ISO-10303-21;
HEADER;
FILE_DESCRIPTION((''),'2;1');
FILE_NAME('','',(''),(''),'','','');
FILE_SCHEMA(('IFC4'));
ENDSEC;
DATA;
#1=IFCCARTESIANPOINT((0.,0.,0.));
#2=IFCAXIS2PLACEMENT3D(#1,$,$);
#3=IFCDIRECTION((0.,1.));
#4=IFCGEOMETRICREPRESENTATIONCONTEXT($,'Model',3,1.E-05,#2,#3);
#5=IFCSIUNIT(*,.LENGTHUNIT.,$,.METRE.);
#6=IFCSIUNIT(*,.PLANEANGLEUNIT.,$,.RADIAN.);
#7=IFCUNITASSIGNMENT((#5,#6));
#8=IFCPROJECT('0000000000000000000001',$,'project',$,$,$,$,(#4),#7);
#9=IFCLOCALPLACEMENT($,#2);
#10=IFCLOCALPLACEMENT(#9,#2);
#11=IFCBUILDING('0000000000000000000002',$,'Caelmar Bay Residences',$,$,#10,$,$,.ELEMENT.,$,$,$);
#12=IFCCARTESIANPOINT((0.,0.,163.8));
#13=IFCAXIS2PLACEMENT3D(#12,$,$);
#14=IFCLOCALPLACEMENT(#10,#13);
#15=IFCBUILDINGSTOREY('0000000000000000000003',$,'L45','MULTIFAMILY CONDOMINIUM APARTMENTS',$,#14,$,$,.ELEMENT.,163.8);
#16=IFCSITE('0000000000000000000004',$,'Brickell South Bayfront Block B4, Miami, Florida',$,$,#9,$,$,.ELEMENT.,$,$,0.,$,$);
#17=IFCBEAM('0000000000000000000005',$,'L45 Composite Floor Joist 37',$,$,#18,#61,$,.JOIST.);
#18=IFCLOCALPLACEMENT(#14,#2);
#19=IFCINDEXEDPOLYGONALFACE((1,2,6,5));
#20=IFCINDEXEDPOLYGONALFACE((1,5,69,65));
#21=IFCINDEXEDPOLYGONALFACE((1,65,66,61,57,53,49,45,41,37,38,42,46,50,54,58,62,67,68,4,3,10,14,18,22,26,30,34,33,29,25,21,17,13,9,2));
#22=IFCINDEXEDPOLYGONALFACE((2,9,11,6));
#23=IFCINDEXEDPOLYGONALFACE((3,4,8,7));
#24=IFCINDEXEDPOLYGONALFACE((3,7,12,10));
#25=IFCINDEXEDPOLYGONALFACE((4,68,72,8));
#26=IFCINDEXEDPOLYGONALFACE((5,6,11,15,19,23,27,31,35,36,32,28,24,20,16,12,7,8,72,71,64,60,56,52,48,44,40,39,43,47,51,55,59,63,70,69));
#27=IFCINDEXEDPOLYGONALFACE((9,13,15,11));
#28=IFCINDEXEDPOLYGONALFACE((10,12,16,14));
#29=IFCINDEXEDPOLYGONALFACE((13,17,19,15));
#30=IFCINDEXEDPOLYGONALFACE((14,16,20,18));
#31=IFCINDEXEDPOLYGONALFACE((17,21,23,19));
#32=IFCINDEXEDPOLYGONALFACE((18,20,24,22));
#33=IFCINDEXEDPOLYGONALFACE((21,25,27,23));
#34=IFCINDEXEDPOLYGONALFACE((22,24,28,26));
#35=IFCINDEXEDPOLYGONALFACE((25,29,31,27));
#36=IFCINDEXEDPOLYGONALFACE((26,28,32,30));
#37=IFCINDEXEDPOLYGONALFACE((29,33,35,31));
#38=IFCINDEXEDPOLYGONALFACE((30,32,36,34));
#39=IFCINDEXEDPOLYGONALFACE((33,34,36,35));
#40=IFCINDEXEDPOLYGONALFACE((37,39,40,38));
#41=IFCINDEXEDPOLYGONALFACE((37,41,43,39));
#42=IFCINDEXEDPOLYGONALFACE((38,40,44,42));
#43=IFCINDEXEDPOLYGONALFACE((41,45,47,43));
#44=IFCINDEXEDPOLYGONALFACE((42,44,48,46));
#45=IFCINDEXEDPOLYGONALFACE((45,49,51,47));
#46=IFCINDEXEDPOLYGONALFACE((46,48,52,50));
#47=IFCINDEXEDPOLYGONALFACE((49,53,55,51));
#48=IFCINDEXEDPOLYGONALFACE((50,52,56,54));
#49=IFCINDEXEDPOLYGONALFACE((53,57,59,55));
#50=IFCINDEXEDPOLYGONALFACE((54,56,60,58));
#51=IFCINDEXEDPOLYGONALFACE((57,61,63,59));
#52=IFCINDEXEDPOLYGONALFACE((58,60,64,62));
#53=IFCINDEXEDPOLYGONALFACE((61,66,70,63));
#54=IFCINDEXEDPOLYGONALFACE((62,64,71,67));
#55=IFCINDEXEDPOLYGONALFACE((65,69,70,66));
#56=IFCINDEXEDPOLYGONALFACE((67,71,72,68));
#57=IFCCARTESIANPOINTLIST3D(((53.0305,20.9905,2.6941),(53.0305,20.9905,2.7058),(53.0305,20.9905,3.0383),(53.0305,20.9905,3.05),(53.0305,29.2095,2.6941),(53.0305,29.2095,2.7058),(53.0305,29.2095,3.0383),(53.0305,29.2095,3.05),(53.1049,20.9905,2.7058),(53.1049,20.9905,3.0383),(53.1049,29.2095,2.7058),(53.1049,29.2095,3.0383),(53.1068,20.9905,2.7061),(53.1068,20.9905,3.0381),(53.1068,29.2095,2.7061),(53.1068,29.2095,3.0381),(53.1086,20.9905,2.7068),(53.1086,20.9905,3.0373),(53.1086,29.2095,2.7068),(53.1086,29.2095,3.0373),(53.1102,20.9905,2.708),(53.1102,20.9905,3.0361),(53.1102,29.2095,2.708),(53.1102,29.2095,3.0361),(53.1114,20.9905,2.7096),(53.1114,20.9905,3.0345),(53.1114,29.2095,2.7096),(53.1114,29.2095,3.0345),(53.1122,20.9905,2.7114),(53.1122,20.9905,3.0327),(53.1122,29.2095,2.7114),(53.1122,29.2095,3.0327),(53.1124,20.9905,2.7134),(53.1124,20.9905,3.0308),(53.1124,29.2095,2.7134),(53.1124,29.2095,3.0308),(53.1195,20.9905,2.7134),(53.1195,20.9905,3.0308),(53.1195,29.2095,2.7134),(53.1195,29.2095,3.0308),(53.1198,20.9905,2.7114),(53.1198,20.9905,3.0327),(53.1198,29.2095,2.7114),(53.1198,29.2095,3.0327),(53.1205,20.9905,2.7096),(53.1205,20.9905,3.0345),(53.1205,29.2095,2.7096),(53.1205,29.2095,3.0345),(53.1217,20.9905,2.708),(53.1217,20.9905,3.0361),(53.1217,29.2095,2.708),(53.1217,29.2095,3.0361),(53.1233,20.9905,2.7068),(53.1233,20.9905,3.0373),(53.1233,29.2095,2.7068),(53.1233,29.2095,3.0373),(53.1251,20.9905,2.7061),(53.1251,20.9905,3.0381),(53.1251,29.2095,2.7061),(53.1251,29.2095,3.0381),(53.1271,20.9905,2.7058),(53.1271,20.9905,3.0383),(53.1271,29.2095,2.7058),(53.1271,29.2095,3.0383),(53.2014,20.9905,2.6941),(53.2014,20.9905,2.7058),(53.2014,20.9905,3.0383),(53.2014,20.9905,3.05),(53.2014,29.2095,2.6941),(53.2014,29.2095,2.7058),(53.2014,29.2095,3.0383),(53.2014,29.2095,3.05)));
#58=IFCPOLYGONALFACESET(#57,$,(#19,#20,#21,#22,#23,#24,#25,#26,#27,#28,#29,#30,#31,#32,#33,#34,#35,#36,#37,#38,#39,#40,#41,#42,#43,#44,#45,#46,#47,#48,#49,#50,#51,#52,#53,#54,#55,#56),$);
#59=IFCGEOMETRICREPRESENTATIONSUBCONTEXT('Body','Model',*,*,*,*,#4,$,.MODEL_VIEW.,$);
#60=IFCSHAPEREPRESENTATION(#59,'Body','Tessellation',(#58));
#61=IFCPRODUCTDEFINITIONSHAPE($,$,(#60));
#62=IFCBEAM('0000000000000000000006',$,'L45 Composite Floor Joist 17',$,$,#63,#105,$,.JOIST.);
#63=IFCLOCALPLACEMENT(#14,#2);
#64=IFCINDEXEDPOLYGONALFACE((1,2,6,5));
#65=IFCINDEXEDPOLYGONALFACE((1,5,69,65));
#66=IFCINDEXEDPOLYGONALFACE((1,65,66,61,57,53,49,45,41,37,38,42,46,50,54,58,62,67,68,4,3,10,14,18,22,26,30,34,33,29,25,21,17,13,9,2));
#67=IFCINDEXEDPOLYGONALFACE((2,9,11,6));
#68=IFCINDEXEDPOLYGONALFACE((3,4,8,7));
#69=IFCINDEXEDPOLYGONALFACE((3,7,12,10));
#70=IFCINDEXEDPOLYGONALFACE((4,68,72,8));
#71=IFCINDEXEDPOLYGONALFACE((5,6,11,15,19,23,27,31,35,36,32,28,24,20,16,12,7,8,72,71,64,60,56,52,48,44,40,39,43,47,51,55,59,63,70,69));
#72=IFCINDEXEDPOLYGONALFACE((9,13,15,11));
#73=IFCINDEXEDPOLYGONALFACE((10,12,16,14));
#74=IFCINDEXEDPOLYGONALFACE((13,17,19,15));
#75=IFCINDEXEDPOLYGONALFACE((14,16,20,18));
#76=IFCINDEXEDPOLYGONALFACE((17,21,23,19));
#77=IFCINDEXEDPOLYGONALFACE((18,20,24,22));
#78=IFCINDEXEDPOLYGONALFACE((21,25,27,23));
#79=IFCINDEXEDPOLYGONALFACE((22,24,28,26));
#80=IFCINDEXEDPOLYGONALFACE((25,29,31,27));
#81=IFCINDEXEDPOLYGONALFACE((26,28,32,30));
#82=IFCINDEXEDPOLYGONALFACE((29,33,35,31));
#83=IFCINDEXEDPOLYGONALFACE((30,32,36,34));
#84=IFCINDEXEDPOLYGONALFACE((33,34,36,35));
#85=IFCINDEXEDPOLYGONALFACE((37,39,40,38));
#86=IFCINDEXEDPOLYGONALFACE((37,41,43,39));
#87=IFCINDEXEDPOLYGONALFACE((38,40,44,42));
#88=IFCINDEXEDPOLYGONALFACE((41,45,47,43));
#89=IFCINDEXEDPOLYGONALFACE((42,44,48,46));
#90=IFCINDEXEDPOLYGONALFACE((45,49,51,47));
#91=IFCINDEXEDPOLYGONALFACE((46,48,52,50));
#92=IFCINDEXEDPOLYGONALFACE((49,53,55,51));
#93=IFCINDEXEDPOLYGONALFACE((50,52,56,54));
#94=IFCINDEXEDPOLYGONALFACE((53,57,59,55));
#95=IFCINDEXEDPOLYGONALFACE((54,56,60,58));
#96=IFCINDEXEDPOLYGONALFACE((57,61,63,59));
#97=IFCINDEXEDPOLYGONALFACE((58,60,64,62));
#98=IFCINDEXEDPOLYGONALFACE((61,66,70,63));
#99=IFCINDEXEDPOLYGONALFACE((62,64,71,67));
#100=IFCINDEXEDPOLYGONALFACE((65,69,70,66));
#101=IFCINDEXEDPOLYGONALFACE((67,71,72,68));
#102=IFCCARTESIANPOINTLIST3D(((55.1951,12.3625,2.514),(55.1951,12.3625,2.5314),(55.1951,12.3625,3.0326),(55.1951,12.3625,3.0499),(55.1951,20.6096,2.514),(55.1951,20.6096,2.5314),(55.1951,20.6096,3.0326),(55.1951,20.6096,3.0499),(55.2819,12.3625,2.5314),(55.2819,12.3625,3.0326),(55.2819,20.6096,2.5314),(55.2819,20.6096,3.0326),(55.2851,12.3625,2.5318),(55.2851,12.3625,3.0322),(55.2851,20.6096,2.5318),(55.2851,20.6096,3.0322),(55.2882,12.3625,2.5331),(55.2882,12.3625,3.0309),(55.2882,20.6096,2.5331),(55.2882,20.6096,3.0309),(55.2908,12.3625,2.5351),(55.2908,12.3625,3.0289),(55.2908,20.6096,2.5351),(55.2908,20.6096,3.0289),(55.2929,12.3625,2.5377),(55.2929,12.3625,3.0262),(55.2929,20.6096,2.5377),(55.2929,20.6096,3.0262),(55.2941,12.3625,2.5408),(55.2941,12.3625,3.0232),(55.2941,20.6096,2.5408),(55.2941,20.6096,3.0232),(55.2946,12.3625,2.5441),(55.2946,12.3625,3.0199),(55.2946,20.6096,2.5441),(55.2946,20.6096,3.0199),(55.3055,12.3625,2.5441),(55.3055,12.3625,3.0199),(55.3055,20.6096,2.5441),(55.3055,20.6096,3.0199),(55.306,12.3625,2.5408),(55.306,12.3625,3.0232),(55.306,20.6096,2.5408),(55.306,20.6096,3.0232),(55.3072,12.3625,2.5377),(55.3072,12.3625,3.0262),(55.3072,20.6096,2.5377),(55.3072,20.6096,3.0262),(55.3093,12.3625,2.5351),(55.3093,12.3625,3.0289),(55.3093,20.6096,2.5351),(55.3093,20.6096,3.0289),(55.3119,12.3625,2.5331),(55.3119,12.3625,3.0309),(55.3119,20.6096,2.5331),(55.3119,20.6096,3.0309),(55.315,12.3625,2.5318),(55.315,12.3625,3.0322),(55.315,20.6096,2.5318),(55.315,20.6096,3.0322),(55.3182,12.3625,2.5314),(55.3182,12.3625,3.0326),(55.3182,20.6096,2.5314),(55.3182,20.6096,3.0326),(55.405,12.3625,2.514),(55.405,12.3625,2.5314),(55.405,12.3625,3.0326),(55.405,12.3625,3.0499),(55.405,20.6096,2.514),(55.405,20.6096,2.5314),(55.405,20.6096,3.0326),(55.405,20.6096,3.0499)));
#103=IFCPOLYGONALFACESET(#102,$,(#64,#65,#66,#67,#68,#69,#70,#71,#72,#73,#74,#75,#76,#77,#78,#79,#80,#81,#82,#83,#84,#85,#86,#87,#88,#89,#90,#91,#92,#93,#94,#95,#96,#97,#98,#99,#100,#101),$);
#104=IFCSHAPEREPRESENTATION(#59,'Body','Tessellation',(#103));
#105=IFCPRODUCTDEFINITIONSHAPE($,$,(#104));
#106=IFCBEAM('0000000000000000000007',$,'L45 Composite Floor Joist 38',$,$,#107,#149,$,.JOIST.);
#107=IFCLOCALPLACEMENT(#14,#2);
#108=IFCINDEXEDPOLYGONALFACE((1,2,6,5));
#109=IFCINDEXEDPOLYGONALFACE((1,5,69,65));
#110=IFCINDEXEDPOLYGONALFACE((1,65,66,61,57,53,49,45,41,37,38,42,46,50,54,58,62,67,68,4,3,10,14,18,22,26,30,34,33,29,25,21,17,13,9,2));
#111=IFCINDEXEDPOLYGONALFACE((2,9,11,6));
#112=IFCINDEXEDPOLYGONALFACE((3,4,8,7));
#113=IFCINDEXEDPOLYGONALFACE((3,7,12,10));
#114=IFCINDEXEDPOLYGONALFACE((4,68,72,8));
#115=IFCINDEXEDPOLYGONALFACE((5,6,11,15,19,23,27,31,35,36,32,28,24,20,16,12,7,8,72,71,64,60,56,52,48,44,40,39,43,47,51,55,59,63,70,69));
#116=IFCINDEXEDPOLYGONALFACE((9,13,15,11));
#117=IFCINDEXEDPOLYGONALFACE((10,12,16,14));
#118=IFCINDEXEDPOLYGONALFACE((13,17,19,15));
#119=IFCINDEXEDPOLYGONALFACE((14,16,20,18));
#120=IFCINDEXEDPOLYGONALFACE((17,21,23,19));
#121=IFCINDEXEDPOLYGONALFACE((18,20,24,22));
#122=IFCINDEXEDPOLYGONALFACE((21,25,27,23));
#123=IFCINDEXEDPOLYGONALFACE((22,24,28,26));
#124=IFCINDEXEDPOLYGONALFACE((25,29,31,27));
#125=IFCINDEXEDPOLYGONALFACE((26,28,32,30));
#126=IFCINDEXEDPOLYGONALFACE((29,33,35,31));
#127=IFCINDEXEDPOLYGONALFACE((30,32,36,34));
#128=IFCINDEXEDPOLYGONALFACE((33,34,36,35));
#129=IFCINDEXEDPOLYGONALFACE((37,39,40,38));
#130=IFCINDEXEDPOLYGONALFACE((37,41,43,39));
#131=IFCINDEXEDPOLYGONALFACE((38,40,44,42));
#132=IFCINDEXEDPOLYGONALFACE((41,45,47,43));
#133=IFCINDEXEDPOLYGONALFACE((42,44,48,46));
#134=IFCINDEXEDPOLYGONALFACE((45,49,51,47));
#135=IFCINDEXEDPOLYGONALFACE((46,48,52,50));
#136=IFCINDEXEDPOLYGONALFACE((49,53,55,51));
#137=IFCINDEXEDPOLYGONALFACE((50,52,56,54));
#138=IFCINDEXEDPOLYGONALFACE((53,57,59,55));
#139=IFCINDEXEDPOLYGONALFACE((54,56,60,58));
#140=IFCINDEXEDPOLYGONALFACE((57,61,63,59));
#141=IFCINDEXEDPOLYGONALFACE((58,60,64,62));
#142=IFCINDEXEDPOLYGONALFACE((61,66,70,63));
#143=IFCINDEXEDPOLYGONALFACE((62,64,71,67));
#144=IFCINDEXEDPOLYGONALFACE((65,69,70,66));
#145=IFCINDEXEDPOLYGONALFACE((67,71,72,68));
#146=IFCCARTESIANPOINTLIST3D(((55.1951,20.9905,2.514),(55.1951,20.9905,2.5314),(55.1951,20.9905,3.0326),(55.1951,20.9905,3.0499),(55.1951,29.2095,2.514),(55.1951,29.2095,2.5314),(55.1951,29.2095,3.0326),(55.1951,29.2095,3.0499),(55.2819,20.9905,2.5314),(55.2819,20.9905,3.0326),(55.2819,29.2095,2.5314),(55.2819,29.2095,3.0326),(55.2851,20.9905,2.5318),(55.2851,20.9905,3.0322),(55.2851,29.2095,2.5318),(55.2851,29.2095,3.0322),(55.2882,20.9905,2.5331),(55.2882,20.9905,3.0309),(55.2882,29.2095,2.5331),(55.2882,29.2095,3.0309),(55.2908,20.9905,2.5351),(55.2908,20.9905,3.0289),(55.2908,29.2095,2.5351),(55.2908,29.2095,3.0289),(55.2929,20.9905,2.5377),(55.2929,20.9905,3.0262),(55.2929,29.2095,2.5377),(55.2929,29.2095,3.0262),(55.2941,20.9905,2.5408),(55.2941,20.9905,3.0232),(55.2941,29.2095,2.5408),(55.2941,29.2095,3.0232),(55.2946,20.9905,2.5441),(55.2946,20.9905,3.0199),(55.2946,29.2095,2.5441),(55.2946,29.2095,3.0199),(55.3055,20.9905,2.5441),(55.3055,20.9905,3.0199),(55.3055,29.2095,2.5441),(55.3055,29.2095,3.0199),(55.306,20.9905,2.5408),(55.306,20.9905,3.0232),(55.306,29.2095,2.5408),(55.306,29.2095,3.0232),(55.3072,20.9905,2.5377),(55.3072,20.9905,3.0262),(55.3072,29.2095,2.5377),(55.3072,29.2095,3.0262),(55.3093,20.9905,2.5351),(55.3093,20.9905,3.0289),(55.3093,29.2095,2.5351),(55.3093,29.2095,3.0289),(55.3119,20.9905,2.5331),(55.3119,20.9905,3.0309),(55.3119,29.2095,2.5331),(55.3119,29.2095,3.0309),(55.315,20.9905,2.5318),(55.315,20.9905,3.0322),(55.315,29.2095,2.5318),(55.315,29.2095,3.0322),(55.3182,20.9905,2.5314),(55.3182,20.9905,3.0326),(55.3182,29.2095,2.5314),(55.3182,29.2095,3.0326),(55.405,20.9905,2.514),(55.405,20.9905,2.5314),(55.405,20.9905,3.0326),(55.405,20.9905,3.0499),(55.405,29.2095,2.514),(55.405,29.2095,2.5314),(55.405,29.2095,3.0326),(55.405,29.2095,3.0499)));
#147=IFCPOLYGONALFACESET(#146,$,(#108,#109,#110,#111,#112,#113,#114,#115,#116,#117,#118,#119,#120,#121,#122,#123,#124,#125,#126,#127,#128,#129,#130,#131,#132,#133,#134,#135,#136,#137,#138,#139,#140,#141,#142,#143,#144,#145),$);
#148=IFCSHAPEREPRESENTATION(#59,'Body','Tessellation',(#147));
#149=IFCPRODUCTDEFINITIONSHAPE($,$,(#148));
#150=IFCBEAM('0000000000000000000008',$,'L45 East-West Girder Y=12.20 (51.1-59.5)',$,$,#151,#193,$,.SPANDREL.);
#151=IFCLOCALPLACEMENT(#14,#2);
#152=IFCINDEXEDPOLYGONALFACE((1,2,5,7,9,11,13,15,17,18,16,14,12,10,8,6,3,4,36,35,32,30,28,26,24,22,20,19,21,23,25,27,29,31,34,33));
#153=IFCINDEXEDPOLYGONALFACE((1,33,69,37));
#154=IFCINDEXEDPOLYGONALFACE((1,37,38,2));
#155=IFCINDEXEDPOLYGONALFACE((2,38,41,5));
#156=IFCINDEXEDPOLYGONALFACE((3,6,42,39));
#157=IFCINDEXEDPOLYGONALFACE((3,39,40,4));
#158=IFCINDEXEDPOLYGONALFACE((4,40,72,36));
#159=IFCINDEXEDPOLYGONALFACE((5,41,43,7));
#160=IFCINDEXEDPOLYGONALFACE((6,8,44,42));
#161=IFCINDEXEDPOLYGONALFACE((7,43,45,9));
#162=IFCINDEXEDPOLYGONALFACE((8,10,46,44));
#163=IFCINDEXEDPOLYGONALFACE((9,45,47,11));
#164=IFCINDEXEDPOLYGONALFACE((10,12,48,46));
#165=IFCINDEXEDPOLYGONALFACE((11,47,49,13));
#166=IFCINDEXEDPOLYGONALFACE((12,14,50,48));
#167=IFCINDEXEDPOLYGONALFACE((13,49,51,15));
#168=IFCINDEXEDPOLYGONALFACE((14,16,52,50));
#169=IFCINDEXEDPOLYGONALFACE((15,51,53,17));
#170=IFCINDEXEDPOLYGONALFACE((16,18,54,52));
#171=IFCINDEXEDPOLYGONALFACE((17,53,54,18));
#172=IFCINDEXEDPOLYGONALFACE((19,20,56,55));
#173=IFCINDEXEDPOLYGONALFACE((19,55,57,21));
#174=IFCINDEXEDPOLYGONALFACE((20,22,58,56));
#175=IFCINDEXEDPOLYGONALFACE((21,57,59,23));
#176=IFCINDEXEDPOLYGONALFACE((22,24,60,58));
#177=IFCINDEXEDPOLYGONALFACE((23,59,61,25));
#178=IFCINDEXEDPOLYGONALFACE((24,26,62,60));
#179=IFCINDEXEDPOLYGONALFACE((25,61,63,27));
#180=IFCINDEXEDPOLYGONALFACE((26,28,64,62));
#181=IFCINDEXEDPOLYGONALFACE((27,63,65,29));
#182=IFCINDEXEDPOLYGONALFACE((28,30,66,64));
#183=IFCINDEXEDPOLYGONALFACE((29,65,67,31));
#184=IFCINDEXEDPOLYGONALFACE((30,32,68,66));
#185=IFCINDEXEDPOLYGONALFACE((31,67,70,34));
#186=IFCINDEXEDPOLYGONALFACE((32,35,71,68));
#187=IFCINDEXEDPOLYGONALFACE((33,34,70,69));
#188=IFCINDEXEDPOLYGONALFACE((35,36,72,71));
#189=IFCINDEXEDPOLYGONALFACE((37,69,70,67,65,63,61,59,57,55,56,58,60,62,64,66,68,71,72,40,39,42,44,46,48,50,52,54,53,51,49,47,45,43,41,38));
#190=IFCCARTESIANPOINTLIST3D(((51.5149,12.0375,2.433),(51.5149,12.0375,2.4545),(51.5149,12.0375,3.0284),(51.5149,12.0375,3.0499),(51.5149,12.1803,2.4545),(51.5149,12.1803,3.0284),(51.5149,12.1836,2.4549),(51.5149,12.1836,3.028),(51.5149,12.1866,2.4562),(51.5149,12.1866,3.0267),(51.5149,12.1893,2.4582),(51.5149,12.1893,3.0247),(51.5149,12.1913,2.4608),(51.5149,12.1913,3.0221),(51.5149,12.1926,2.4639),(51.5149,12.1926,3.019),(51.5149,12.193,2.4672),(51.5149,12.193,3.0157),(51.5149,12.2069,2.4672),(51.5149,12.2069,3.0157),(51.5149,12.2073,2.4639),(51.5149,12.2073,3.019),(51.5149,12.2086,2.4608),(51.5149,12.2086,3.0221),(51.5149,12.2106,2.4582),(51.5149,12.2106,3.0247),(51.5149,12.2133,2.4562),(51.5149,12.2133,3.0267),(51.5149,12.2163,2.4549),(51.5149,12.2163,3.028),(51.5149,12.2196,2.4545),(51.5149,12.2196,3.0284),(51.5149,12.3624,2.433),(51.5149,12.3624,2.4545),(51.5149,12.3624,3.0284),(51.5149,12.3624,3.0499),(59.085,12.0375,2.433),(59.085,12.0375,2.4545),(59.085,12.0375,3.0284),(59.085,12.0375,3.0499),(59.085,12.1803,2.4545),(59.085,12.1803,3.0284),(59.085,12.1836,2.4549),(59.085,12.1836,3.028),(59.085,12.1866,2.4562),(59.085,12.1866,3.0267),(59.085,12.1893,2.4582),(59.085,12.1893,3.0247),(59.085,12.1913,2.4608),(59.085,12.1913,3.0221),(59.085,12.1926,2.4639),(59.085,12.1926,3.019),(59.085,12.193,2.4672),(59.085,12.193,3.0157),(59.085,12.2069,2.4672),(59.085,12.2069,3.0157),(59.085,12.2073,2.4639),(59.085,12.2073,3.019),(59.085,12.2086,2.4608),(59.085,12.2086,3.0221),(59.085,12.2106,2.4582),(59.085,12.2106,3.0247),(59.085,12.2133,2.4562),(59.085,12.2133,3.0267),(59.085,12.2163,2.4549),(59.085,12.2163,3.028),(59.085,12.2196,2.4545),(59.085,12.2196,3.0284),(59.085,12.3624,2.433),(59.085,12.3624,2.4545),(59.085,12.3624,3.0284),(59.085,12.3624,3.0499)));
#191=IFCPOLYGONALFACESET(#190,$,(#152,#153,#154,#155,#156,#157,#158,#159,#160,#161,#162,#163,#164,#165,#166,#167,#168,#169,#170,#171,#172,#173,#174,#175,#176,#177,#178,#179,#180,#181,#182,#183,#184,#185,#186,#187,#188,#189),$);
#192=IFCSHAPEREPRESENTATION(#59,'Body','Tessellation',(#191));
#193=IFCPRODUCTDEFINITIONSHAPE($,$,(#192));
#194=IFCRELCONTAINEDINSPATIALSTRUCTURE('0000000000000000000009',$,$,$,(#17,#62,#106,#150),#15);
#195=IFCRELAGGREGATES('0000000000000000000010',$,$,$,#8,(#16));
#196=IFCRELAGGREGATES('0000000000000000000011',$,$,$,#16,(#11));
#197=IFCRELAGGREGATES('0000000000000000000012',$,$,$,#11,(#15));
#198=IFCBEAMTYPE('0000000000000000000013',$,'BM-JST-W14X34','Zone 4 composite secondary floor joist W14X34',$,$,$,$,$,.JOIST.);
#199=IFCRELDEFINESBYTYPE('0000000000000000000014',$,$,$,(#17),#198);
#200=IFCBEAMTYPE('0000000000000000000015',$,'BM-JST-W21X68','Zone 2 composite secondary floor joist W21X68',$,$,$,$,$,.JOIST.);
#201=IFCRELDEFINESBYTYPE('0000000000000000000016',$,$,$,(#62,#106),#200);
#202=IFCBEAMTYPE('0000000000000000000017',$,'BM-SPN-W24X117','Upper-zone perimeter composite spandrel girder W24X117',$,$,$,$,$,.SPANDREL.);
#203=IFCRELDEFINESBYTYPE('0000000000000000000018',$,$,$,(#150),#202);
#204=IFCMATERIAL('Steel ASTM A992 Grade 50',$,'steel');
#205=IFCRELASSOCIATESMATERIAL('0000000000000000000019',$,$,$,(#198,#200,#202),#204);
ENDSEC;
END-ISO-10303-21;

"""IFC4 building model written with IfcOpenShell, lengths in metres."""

from ifc_helpers import new_model, si_unit, direction, frame, origin, origin_2d, place, context, subcontext, project, spatial, i_section, extrude, material, material_profile, profile_set, type_object, element, save


model = new_model("IFC4")

# Units and contexts
model_context = context("Model", 3, precision=1e-05, world=origin(), true_north=direction((0.0, 1.0)))
body_context = subcontext(model_context, "Body", "Model", "MODEL_VIEW")
ifc_project = project(units=[si_unit("LENGTHUNIT", "METRE"), si_unit("PLANEANGLEUNIT", "RADIAN")], contexts=[model_context])

# Site, building, storey
site_placement = place(None, origin())
site = spatial("IfcSite", under=ifc_project, at=site_placement, Name="Brickell South Bayfront Block B4, Miami, Florida", CompositionType="ELEMENT", RefElevation=0.0)
building_placement = place(site_placement, origin())
building = spatial("IfcBuilding", under=site, at=building_placement, Name="Caelmar Bay Residences", CompositionType="ELEMENT")
storey_placement = place(building_placement, frame((0.0, 0.0, 163.8)))
storey = spatial("IfcBuildingStorey", under=building, at=storey_placement, Name="L45", Description="MULTIFAMILY CONDOMINIUM APARTMENTS", CompositionType="ELEMENT", Elevation=163.8)

# Beams
ifc_material_1 = material(Name="Steel ASTM A992 Grade 50", Category="steel")
ifc_material_profile_1 = material_profile(ifc_material_1, i_section(OverallWidth=0.1709, OverallDepth=0.356, WebThickness=0.0071, FlangeThickness=0.0117, FilletRadius=0.0076, at=origin_2d()), Name="W14X34")
ifc_profile_set_1 = profile_set([ifc_material_profile_1], Name="Steel ASTM A992 Grade 50")
beam_type_1 = type_object("IfcBeamType", Name="BM-JST-W14X34", Description="Zone 4 composite secondary floor joist W14X34", PredefinedType="JOIST", material=ifc_profile_set_1)
beam_1_placement = place(storey_placement, frame((53.116, 20.9905, 2.8721), z_axis=(0.0, 1.0, 0.0), x_axis=(-1.0, 0.0, 0.0)))
element("IfcBeam", 1, at=beam_1_placement, inside=storey, type_object=beam_type_1, Name="L45 Composite Floor Joist 37", PredefinedType="JOIST", context=body_context, shape_type="SweptSolid", body=[
    extrude(i_section(OverallWidth=0.1709, OverallDepth=0.356, WebThickness=0.0071, FlangeThickness=0.0117, FilletRadius=0.0076, at=origin_2d()), origin(), (0.0, 0.0, 1.0), 8.219),
])
ifc_material_profile_2 = material_profile(ifc_material_1, i_section(OverallWidth=0.21, OverallDepth=0.5359, WebThickness=0.011, FlangeThickness=0.0173, FilletRadius=0.0127, at=origin_2d()), Name="W21X68")
ifc_profile_set_2 = profile_set([ifc_material_profile_2], Name="Steel ASTM A992 Grade 50")
beam_type_2 = type_object("IfcBeamType", Name="BM-JST-W21X68", Description="Zone 2 composite secondary floor joist W21X68", PredefinedType="JOIST", material=ifc_profile_set_2)
beam_2_placement = place(storey_placement, frame((55.3, 12.3625, 2.782), z_axis=(0.0, 1.0, 0.0), x_axis=(-1.0, 0.0, 0.0)))
element("IfcBeam", 2, at=beam_2_placement, inside=storey, type_object=beam_type_2, Name="L45 Composite Floor Joist 17", PredefinedType="JOIST", context=body_context, shape_type="SweptSolid", body=[
    extrude(i_section(OverallWidth=0.21, OverallDepth=0.5359, WebThickness=0.011, FlangeThickness=0.0173, FilletRadius=0.0127, at=origin_2d()), origin(), (0.0, 0.0, 1.0), 8.2471),
])
beam_3_placement = place(storey_placement, frame((55.3, 20.9905, 2.782), z_axis=(0.0, 1.0, 0.0), x_axis=(-1.0, 0.0, 0.0)))
element("IfcBeam", 3, at=beam_3_placement, inside=storey, type_object=beam_type_2, Name="L45 Composite Floor Joist 38", PredefinedType="JOIST", context=body_context, shape_type="SweptSolid", body=[
    extrude(i_section(OverallWidth=0.21, OverallDepth=0.5359, WebThickness=0.011, FlangeThickness=0.0173, FilletRadius=0.0127, at=origin_2d()), origin(), (0.0, 0.0, 1.0), 8.219),
])
ifc_material_profile_3 = material_profile(ifc_material_1, i_section(OverallWidth=0.325, OverallDepth=0.6169, WebThickness=0.0139, FlangeThickness=0.0215, FilletRadius=0.0127, at=origin_2d()), Name="W24X117")
ifc_profile_set_3 = profile_set([ifc_material_profile_3], Name="Steel ASTM A992 Grade 50")
beam_type_3 = type_object("IfcBeamType", Name="BM-SPN-W24X117", Description="Upper-zone perimeter composite spandrel girder W24X117", PredefinedType="SPANDREL", material=ifc_profile_set_3)
for number, where, z_axis, x_axis, name in (
    (4, (51.5149, 12.2, 2.7415), (1.0, 0.0, 0.0), (0.0, 1.0, 0.0), "L45 East-West Girder Y=12.20 (51.1-59.5)"),
):
    element("IfcBeam", number, at=place(storey_placement, frame(where, z_axis=z_axis, x_axis=x_axis)), inside=storey, type_object=beam_type_3, Name=name, PredefinedType="SPANDREL", context=body_context, shape_type="SweptSolid", body=[
        extrude(i_section(OverallWidth=0.325, OverallDepth=0.6169, WebThickness=0.0139, FlangeThickness=0.0215, FilletRadius=0.0127, at=origin_2d()), origin(), (0.0, 0.0, 1.0), 7.5701),
    ])

save(model, "model.ifc")
